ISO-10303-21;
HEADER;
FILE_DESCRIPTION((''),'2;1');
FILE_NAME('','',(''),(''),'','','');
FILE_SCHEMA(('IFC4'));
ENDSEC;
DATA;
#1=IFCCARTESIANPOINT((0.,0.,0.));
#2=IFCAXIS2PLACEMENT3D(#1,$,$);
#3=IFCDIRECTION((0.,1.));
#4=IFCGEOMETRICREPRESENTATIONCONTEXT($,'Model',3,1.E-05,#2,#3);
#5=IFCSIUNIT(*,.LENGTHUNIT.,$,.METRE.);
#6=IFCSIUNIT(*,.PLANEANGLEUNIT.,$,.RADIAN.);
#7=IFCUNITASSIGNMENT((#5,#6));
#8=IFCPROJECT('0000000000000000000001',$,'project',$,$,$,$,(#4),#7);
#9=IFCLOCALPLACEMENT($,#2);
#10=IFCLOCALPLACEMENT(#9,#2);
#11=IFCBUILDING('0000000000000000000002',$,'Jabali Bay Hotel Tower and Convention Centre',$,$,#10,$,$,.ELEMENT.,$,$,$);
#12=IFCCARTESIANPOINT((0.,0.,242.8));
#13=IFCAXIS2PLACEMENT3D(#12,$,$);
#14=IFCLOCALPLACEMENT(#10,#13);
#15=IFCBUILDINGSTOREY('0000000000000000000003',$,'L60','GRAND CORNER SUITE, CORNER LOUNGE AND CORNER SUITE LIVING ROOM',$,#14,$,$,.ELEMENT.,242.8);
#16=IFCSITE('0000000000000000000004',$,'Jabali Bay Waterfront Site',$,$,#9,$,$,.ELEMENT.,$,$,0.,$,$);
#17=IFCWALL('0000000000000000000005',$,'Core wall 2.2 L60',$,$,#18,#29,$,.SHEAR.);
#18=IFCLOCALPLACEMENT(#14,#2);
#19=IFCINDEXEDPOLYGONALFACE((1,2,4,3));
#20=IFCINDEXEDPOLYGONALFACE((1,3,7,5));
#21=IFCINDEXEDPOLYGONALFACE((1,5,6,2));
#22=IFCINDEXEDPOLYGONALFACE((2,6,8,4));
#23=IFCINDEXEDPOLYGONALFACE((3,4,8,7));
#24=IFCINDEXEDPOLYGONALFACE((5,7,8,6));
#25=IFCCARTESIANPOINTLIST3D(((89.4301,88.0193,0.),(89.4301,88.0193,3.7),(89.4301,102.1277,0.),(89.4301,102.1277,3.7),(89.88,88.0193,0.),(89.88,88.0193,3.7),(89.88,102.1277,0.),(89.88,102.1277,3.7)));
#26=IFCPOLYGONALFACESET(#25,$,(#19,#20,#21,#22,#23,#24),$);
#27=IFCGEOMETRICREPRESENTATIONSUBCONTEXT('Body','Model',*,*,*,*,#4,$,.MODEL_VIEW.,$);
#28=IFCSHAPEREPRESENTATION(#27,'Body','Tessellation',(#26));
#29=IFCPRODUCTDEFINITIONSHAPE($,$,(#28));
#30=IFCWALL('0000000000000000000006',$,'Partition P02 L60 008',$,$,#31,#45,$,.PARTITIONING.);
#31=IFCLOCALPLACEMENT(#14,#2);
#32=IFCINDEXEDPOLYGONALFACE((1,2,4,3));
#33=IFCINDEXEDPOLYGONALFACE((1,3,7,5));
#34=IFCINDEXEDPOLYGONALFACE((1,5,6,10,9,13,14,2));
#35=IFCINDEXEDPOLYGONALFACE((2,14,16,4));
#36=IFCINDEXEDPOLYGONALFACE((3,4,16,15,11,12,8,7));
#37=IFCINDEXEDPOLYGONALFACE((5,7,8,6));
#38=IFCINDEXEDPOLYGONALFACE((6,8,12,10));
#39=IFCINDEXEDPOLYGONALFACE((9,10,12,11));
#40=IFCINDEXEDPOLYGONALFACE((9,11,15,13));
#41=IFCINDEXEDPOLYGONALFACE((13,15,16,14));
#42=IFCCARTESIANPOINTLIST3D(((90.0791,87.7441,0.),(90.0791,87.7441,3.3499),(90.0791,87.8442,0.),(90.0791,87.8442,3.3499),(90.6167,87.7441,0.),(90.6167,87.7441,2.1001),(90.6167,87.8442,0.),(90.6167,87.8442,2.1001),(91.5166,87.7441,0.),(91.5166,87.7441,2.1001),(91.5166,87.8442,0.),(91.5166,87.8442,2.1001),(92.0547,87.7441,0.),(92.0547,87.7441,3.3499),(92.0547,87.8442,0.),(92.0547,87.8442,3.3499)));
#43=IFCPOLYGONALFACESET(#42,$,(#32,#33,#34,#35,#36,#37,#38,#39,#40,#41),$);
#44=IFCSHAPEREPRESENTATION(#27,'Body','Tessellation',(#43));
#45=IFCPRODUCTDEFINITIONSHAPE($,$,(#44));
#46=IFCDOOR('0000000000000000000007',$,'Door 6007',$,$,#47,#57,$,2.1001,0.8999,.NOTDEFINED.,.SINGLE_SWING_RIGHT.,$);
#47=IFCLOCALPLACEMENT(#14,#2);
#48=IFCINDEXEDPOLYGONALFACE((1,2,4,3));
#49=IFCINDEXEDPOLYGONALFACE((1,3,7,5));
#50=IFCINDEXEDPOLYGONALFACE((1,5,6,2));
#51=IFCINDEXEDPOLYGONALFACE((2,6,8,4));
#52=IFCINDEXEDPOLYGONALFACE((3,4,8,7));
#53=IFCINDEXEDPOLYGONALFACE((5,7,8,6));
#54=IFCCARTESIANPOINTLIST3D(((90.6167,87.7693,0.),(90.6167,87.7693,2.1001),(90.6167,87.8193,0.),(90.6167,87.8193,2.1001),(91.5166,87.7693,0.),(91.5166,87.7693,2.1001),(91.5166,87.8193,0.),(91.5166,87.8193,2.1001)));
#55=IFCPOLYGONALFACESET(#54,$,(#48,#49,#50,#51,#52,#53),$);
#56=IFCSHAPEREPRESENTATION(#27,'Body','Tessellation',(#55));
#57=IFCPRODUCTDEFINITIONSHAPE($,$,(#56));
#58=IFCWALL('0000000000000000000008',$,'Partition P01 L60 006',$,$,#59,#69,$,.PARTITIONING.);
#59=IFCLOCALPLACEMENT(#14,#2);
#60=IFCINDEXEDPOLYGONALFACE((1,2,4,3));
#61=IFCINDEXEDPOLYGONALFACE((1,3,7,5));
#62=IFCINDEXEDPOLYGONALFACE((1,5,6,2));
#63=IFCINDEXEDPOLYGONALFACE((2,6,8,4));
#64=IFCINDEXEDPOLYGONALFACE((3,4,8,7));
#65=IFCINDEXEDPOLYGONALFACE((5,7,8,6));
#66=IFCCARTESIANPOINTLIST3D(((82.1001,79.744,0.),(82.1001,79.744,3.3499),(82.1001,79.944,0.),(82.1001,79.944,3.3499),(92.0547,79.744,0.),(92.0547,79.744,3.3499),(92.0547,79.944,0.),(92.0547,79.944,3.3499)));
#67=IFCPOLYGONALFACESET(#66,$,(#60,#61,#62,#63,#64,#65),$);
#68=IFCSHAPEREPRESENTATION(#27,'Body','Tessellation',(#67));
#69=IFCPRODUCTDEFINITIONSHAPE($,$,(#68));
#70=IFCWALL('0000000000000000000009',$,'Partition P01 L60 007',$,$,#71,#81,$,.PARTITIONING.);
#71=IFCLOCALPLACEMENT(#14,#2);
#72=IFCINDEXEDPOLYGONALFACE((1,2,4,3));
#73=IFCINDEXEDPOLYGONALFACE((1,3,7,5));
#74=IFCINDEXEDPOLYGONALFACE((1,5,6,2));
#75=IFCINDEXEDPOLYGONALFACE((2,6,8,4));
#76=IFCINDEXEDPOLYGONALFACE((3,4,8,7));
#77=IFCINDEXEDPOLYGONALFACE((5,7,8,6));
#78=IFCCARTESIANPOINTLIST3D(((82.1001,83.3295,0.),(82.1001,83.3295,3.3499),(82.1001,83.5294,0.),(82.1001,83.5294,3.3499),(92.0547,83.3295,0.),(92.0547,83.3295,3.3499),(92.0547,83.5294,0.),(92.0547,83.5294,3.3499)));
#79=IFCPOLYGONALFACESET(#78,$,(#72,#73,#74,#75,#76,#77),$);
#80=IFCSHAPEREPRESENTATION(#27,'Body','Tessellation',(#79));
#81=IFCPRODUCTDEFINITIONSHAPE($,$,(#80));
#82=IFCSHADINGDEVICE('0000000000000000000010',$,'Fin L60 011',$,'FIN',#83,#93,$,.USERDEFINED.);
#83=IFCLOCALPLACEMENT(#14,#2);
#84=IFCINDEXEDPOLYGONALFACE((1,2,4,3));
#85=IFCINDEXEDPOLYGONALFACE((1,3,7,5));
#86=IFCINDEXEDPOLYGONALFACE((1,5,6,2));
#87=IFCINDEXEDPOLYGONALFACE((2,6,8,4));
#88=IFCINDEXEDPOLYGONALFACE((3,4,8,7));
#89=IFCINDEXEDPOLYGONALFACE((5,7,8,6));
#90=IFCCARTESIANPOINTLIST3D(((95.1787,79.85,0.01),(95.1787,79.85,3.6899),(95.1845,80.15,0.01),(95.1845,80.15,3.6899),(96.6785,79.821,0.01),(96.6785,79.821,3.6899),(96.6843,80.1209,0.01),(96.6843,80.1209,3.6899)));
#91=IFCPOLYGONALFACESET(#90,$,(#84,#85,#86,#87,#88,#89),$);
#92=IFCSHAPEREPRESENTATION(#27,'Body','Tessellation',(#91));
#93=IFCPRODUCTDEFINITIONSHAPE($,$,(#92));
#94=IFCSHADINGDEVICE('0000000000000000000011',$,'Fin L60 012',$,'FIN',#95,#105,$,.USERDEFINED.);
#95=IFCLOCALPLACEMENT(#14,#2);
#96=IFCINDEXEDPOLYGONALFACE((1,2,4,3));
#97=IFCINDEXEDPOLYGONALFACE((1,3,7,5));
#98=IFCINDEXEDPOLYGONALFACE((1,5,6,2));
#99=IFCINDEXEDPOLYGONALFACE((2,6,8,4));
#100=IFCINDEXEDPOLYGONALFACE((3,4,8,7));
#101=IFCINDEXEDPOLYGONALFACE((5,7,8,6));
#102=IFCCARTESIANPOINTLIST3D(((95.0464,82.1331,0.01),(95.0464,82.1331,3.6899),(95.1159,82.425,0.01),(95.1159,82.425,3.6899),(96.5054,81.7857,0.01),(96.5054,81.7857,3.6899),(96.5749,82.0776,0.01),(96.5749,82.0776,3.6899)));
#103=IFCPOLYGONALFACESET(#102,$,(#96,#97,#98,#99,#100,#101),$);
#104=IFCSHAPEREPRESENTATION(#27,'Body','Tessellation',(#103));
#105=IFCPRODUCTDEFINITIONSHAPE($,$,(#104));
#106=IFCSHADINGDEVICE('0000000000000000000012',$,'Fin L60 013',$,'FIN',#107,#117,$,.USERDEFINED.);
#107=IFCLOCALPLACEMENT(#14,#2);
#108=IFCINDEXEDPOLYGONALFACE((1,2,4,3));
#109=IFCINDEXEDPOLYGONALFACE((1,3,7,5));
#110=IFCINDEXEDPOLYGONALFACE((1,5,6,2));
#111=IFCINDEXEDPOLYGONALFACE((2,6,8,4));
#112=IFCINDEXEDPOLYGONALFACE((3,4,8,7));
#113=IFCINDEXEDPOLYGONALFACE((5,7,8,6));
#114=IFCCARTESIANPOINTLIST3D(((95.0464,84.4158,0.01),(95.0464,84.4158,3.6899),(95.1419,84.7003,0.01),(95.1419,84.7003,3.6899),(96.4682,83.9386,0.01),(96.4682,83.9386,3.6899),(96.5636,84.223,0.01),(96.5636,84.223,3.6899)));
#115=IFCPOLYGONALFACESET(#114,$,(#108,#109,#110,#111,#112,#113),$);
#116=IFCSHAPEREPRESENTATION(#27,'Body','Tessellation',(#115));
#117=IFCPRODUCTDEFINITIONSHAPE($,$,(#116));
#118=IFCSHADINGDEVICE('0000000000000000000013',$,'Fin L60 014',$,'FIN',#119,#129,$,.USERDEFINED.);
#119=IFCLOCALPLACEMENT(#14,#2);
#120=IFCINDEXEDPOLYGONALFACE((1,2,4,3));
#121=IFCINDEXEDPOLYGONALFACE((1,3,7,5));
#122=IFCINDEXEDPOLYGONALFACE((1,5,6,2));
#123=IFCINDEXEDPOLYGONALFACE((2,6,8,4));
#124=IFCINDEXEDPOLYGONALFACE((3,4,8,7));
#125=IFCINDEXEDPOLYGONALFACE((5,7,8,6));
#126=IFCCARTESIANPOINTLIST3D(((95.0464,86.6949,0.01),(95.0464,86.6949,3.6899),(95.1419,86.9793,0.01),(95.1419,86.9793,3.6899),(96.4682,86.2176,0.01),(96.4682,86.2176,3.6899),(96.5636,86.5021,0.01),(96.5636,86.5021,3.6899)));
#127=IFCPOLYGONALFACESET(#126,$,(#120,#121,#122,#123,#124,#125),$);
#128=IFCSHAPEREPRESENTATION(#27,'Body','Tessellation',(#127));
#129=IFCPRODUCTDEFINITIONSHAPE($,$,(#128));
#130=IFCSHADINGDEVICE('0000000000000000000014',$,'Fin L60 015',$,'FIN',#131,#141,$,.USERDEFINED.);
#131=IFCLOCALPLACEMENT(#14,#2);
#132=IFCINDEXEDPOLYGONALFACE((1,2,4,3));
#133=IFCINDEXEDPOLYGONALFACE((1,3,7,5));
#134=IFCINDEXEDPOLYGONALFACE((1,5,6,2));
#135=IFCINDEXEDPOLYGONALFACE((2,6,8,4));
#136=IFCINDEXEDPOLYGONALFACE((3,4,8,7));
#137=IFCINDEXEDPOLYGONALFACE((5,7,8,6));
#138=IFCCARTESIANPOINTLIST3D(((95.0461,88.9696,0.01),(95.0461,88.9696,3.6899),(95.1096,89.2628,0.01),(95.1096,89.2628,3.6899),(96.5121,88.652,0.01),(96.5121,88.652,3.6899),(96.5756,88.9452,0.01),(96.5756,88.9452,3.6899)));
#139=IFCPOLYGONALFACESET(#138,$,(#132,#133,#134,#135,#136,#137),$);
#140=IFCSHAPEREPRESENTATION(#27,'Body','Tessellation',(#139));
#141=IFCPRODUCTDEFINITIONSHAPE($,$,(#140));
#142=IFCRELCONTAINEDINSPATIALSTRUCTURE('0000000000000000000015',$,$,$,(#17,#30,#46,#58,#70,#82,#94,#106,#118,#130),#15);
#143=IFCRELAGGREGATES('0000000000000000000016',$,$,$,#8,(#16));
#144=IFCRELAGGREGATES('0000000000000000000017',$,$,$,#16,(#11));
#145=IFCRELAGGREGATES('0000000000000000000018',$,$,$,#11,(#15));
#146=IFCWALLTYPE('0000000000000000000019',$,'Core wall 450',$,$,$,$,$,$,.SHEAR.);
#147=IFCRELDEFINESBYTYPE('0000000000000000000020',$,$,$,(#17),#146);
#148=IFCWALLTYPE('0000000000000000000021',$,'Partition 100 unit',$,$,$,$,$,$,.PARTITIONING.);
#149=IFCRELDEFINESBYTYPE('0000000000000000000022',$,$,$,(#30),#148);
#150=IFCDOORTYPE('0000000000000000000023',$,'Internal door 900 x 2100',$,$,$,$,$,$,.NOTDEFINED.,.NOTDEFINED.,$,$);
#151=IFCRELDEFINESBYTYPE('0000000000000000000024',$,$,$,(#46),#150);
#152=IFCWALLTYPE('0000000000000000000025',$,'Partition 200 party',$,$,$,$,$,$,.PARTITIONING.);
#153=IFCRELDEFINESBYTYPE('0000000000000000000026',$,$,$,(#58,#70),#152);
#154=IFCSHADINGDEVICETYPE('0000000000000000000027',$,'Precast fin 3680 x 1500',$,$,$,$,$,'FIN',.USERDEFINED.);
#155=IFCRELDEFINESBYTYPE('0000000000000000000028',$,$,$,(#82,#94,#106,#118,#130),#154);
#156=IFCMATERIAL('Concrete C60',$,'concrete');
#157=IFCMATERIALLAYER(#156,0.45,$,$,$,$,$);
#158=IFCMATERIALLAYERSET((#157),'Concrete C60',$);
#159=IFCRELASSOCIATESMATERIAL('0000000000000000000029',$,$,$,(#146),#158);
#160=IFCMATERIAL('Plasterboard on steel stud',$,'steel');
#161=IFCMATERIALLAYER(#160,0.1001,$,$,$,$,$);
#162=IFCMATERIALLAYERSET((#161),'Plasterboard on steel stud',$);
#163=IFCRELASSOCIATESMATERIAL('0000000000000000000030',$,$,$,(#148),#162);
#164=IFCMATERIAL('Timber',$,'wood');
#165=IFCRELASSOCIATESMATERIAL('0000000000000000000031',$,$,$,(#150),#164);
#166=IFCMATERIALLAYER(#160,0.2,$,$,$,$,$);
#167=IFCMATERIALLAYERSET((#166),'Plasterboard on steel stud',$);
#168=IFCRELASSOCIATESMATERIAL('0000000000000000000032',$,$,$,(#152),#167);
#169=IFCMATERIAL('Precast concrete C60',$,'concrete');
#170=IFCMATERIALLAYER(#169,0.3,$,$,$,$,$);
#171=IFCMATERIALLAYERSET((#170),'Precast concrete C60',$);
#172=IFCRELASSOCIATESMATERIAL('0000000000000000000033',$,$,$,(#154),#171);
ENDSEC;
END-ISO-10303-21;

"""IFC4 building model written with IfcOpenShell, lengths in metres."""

from ifc_helpers import new_model, si_unit, direction, frame, frame_2d, origin, place, context, subcontext, project, spatial, rectangle, extrude, material, layer, layer_set, type_object, element, fill, save


model = new_model("IFC4")

# Units and contexts
model_context = context("Model", 3, precision=1e-05, world=origin(), true_north=direction((0.0, 1.0)))
body_context = subcontext(model_context, "Body", "Model", "MODEL_VIEW")
ifc_project = project(units=[si_unit("LENGTHUNIT", "METRE"), si_unit("PLANEANGLEUNIT", "RADIAN")], contexts=[model_context])

# Site, building, storey
site_placement = place(None, origin())
site = spatial("IfcSite", under=ifc_project, at=site_placement, Name="Jabali Bay Waterfront Site", CompositionType="ELEMENT", RefElevation=0.0)
building_placement = place(site_placement, origin())
building = spatial("IfcBuilding", under=site, at=building_placement, Name="Jabali Bay Hotel Tower and Convention Centre", CompositionType="ELEMENT")
storey_placement = place(building_placement, frame((0.0, 0.0, 242.8)))
storey = spatial("IfcBuildingStorey", under=building, at=storey_placement, Name="L60", Description="GRAND CORNER SUITE, CORNER LOUNGE AND CORNER SUITE LIVING ROOM", CompositionType="ELEMENT", Elevation=242.8)

# Shared definitions
ifc_material_1 = material(Name="Concrete C60", Category="concrete")

# Shared definitions
ifc_layer_1 = layer(ifc_material_1, 0.45)
ifc_layer_set_1 = layer_set([ifc_layer_1], Name="Concrete C60")
wall_type_1 = type_object("IfcWallType", Name="Core wall 450", PredefinedType="SHEAR", material=ifc_layer_set_1)

# Wall
wall_1_placement = place(storey_placement, frame((89.655, 88.0193, 0.0), z_axis=(0.0, 0.0, 1.0), x_axis=(0.0, 1.0, 0.0)))
element("IfcWall", 1, at=wall_1_placement, inside=storey, type_object=wall_type_1, Name="Core wall 2.2 L60", PredefinedType="SHEAR", context=body_context, shape_type="SweptSolid", body=[
    extrude(rectangle(XDim=14.1084, YDim=0.45, at=frame_2d((7.0542, 0.0))), origin(), (0.0, 0.0, 1.0), 3.7),
])

# Wall, opening, door
ifc_material_2 = material(Name="Plasterboard on steel stud", Category="steel")
ifc_layer_2 = layer(ifc_material_2, 0.1001)
ifc_layer_set_2 = layer_set([ifc_layer_2], Name="Plasterboard on steel stud")
wall_type_2 = type_object("IfcWallType", Name="Partition 100 unit", PredefinedType="PARTITIONING", material=ifc_layer_set_2)
wall_2_placement = place(storey_placement, frame((92.0547, 87.7942, 0.0), z_axis=(0.0, 0.0, 1.0), x_axis=(-1.0, 0.0, 0.0)))
wall_2 = element("IfcWall", 2, at=wall_2_placement, inside=storey, type_object=wall_type_2, Name="Partition P02 L60 008", PredefinedType="PARTITIONING", context=body_context, shape_type="SweptSolid", body=[
    extrude(rectangle(XDim=1.9756, YDim=0.1001, at=frame_2d((0.9878, 0.0))), origin(), (0.0, 0.0, 1.0), 3.3499),
])
opening_1_placement = place(wall_2_placement, frame((0.5381, 0.0, 0.0)))
opening_1 = element("IfcOpeningElement", 3, at=opening_1_placement, cuts=wall_2, PredefinedType="OPENING", context=body_context, shape_type="SweptSolid", body=[
    extrude(rectangle(XDim=0.8999, YDim=2.1001, at=frame_2d((0.45, 1.05))), frame((0.0, 0.0605, 0.0), z_axis=(0.0, -1.0, 0.0), x_axis=(1.0, 0.0, 0.0)), (0.0, 0.0, 1.0), 0.1211),
])
ifc_material_3 = material(Name="Timber", Category="wood")
door_type_1 = type_object("IfcDoorType", Name="Internal door 900 x 2100", OperationType="NOTDEFINED", PredefinedType="NOTDEFINED", material=ifc_material_3)
door_1_placement = place(opening_1_placement, origin())
door_1 = element("IfcDoor", 4, at=door_1_placement, inside=storey, type_object=door_type_1, Name="Door 6007", OperationType="SINGLE_SWING_RIGHT", OverallHeight=2.1001, OverallWidth=0.8999, PredefinedType="NOTDEFINED", context=body_context, shape_type="SweptSolid", body=[
    extrude(rectangle(XDim=0.8999, YDim=2.1001, at=frame_2d((0.45, 1.05))), frame((0.0, 0.0249, 0.0), z_axis=(0.0, -1.0, 0.0), x_axis=(1.0, 0.0, 0.0)), (0.0, 0.0, 1.0), 0.05),
])
fill(opening_1, door_1)

# Walls
ifc_layer_3 = layer(ifc_material_2, 0.2)
ifc_layer_set_3 = layer_set([ifc_layer_3], Name="Plasterboard on steel stud")
wall_type_3 = type_object("IfcWallType", Name="Partition 200 party", PredefinedType="PARTITIONING", material=ifc_layer_set_3)
for number, where, z_axis, x_axis, name in (
    (5, (92.0547, 79.844, 0.0), (0.0, 0.0, 1.0), (-1.0, 0.0, 0.0), "Partition P01 L60 006"),
    (6, (92.0547, 83.4294, 0.0), (0.0, 0.0, 1.0), (-1.0, 0.0, 0.0), "Partition P01 L60 007"),
):
    element("IfcWall", number, at=place(storey_placement, frame(where, z_axis=z_axis, x_axis=x_axis)), inside=storey, type_object=wall_type_3, Name=name, PredefinedType="PARTITIONING", context=body_context, shape_type="SweptSolid", body=[
        extrude(rectangle(XDim=9.9546, YDim=0.2, at=frame_2d((4.9773, 0.0))), origin(), (0.0, 0.0, 1.0), 3.3499),
    ])

# Shading devices
ifc_material_4 = material(Name="Precast concrete C60", Category="concrete")
ifc_layer_4 = layer(ifc_material_4, 0.3)
ifc_layer_set_4 = layer_set([ifc_layer_4], Name="Precast concrete C60")
shading_device_type = type_object("IfcShadingDeviceType", Name="Precast fin 3680 x 1500", ElementType="FIN", PredefinedType="USERDEFINED", material=ifc_layer_set_4)
shading_device_1_placement = place(storey_placement, frame((95.1816, 80.0, 0.01), z_axis=(0.0, 0.0, 1.0), x_axis=(0.999812, -0.019368, 0.0)))
element("IfcShadingDevice", 7, at=shading_device_1_placement, inside=storey, type_object=shading_device_type, Name="Fin L60 011", ObjectType="FIN", PredefinedType="USERDEFINED", context=body_context, shape_type="SweptSolid", body=[
    extrude(rectangle(XDim=1.5, YDim=0.3, at=frame_2d((0.75, 0.0))), origin(), (0.0, 0.0, 1.0), 3.6799),
])
for number, where, z_axis, x_axis, name in (
    (8, (95.0811, 82.2791, 0.01), (0.0, 0.0, 1.0), (0.972801, -0.231643, 0.0), "Fin L60 012"),
    (9, (95.094, 84.5581, 0.01), (0.0, 0.0, 1.0), (0.948014, -0.318229, 0.0), "Fin L60 013"),
    (10, (95.094, 86.8372, 0.01), (0.0, 0.0, 1.0), (0.948014, -0.318229, 0.0), "Fin L60 014"),
):
    element("IfcShadingDevice", number, at=place(storey_placement, frame(where, z_axis=z_axis, x_axis=x_axis)), inside=storey, type_object=shading_device_type, Name=name, ObjectType="FIN", PredefinedType="USERDEFINED", context=body_context, shape_type="SweptSolid", body=[
        extrude(rectangle(XDim=1.4998, YDim=0.3, at=frame_2d((0.75, 0.0))), origin(), (0.0, 0.0, 1.0), 3.6799),
    ])
shading_device_2_placement = place(storey_placement, frame((95.0779, 89.1162, 0.01), z_axis=(0.0, 0.0, 1.0), x_axis=(0.977326, -0.21174, 0.0)))
element("IfcShadingDevice", 11, at=shading_device_2_placement, inside=storey, type_object=shading_device_type, Name="Fin L60 015", ObjectType="FIN", PredefinedType="USERDEFINED", context=body_context, shape_type="SweptSolid", body=[
    extrude(rectangle(XDim=1.5, YDim=0.3, at=frame_2d((0.75, 0.0))), origin(), (0.0, 0.0, 1.0), 3.6799),
])

save(model, "model.ifc")
